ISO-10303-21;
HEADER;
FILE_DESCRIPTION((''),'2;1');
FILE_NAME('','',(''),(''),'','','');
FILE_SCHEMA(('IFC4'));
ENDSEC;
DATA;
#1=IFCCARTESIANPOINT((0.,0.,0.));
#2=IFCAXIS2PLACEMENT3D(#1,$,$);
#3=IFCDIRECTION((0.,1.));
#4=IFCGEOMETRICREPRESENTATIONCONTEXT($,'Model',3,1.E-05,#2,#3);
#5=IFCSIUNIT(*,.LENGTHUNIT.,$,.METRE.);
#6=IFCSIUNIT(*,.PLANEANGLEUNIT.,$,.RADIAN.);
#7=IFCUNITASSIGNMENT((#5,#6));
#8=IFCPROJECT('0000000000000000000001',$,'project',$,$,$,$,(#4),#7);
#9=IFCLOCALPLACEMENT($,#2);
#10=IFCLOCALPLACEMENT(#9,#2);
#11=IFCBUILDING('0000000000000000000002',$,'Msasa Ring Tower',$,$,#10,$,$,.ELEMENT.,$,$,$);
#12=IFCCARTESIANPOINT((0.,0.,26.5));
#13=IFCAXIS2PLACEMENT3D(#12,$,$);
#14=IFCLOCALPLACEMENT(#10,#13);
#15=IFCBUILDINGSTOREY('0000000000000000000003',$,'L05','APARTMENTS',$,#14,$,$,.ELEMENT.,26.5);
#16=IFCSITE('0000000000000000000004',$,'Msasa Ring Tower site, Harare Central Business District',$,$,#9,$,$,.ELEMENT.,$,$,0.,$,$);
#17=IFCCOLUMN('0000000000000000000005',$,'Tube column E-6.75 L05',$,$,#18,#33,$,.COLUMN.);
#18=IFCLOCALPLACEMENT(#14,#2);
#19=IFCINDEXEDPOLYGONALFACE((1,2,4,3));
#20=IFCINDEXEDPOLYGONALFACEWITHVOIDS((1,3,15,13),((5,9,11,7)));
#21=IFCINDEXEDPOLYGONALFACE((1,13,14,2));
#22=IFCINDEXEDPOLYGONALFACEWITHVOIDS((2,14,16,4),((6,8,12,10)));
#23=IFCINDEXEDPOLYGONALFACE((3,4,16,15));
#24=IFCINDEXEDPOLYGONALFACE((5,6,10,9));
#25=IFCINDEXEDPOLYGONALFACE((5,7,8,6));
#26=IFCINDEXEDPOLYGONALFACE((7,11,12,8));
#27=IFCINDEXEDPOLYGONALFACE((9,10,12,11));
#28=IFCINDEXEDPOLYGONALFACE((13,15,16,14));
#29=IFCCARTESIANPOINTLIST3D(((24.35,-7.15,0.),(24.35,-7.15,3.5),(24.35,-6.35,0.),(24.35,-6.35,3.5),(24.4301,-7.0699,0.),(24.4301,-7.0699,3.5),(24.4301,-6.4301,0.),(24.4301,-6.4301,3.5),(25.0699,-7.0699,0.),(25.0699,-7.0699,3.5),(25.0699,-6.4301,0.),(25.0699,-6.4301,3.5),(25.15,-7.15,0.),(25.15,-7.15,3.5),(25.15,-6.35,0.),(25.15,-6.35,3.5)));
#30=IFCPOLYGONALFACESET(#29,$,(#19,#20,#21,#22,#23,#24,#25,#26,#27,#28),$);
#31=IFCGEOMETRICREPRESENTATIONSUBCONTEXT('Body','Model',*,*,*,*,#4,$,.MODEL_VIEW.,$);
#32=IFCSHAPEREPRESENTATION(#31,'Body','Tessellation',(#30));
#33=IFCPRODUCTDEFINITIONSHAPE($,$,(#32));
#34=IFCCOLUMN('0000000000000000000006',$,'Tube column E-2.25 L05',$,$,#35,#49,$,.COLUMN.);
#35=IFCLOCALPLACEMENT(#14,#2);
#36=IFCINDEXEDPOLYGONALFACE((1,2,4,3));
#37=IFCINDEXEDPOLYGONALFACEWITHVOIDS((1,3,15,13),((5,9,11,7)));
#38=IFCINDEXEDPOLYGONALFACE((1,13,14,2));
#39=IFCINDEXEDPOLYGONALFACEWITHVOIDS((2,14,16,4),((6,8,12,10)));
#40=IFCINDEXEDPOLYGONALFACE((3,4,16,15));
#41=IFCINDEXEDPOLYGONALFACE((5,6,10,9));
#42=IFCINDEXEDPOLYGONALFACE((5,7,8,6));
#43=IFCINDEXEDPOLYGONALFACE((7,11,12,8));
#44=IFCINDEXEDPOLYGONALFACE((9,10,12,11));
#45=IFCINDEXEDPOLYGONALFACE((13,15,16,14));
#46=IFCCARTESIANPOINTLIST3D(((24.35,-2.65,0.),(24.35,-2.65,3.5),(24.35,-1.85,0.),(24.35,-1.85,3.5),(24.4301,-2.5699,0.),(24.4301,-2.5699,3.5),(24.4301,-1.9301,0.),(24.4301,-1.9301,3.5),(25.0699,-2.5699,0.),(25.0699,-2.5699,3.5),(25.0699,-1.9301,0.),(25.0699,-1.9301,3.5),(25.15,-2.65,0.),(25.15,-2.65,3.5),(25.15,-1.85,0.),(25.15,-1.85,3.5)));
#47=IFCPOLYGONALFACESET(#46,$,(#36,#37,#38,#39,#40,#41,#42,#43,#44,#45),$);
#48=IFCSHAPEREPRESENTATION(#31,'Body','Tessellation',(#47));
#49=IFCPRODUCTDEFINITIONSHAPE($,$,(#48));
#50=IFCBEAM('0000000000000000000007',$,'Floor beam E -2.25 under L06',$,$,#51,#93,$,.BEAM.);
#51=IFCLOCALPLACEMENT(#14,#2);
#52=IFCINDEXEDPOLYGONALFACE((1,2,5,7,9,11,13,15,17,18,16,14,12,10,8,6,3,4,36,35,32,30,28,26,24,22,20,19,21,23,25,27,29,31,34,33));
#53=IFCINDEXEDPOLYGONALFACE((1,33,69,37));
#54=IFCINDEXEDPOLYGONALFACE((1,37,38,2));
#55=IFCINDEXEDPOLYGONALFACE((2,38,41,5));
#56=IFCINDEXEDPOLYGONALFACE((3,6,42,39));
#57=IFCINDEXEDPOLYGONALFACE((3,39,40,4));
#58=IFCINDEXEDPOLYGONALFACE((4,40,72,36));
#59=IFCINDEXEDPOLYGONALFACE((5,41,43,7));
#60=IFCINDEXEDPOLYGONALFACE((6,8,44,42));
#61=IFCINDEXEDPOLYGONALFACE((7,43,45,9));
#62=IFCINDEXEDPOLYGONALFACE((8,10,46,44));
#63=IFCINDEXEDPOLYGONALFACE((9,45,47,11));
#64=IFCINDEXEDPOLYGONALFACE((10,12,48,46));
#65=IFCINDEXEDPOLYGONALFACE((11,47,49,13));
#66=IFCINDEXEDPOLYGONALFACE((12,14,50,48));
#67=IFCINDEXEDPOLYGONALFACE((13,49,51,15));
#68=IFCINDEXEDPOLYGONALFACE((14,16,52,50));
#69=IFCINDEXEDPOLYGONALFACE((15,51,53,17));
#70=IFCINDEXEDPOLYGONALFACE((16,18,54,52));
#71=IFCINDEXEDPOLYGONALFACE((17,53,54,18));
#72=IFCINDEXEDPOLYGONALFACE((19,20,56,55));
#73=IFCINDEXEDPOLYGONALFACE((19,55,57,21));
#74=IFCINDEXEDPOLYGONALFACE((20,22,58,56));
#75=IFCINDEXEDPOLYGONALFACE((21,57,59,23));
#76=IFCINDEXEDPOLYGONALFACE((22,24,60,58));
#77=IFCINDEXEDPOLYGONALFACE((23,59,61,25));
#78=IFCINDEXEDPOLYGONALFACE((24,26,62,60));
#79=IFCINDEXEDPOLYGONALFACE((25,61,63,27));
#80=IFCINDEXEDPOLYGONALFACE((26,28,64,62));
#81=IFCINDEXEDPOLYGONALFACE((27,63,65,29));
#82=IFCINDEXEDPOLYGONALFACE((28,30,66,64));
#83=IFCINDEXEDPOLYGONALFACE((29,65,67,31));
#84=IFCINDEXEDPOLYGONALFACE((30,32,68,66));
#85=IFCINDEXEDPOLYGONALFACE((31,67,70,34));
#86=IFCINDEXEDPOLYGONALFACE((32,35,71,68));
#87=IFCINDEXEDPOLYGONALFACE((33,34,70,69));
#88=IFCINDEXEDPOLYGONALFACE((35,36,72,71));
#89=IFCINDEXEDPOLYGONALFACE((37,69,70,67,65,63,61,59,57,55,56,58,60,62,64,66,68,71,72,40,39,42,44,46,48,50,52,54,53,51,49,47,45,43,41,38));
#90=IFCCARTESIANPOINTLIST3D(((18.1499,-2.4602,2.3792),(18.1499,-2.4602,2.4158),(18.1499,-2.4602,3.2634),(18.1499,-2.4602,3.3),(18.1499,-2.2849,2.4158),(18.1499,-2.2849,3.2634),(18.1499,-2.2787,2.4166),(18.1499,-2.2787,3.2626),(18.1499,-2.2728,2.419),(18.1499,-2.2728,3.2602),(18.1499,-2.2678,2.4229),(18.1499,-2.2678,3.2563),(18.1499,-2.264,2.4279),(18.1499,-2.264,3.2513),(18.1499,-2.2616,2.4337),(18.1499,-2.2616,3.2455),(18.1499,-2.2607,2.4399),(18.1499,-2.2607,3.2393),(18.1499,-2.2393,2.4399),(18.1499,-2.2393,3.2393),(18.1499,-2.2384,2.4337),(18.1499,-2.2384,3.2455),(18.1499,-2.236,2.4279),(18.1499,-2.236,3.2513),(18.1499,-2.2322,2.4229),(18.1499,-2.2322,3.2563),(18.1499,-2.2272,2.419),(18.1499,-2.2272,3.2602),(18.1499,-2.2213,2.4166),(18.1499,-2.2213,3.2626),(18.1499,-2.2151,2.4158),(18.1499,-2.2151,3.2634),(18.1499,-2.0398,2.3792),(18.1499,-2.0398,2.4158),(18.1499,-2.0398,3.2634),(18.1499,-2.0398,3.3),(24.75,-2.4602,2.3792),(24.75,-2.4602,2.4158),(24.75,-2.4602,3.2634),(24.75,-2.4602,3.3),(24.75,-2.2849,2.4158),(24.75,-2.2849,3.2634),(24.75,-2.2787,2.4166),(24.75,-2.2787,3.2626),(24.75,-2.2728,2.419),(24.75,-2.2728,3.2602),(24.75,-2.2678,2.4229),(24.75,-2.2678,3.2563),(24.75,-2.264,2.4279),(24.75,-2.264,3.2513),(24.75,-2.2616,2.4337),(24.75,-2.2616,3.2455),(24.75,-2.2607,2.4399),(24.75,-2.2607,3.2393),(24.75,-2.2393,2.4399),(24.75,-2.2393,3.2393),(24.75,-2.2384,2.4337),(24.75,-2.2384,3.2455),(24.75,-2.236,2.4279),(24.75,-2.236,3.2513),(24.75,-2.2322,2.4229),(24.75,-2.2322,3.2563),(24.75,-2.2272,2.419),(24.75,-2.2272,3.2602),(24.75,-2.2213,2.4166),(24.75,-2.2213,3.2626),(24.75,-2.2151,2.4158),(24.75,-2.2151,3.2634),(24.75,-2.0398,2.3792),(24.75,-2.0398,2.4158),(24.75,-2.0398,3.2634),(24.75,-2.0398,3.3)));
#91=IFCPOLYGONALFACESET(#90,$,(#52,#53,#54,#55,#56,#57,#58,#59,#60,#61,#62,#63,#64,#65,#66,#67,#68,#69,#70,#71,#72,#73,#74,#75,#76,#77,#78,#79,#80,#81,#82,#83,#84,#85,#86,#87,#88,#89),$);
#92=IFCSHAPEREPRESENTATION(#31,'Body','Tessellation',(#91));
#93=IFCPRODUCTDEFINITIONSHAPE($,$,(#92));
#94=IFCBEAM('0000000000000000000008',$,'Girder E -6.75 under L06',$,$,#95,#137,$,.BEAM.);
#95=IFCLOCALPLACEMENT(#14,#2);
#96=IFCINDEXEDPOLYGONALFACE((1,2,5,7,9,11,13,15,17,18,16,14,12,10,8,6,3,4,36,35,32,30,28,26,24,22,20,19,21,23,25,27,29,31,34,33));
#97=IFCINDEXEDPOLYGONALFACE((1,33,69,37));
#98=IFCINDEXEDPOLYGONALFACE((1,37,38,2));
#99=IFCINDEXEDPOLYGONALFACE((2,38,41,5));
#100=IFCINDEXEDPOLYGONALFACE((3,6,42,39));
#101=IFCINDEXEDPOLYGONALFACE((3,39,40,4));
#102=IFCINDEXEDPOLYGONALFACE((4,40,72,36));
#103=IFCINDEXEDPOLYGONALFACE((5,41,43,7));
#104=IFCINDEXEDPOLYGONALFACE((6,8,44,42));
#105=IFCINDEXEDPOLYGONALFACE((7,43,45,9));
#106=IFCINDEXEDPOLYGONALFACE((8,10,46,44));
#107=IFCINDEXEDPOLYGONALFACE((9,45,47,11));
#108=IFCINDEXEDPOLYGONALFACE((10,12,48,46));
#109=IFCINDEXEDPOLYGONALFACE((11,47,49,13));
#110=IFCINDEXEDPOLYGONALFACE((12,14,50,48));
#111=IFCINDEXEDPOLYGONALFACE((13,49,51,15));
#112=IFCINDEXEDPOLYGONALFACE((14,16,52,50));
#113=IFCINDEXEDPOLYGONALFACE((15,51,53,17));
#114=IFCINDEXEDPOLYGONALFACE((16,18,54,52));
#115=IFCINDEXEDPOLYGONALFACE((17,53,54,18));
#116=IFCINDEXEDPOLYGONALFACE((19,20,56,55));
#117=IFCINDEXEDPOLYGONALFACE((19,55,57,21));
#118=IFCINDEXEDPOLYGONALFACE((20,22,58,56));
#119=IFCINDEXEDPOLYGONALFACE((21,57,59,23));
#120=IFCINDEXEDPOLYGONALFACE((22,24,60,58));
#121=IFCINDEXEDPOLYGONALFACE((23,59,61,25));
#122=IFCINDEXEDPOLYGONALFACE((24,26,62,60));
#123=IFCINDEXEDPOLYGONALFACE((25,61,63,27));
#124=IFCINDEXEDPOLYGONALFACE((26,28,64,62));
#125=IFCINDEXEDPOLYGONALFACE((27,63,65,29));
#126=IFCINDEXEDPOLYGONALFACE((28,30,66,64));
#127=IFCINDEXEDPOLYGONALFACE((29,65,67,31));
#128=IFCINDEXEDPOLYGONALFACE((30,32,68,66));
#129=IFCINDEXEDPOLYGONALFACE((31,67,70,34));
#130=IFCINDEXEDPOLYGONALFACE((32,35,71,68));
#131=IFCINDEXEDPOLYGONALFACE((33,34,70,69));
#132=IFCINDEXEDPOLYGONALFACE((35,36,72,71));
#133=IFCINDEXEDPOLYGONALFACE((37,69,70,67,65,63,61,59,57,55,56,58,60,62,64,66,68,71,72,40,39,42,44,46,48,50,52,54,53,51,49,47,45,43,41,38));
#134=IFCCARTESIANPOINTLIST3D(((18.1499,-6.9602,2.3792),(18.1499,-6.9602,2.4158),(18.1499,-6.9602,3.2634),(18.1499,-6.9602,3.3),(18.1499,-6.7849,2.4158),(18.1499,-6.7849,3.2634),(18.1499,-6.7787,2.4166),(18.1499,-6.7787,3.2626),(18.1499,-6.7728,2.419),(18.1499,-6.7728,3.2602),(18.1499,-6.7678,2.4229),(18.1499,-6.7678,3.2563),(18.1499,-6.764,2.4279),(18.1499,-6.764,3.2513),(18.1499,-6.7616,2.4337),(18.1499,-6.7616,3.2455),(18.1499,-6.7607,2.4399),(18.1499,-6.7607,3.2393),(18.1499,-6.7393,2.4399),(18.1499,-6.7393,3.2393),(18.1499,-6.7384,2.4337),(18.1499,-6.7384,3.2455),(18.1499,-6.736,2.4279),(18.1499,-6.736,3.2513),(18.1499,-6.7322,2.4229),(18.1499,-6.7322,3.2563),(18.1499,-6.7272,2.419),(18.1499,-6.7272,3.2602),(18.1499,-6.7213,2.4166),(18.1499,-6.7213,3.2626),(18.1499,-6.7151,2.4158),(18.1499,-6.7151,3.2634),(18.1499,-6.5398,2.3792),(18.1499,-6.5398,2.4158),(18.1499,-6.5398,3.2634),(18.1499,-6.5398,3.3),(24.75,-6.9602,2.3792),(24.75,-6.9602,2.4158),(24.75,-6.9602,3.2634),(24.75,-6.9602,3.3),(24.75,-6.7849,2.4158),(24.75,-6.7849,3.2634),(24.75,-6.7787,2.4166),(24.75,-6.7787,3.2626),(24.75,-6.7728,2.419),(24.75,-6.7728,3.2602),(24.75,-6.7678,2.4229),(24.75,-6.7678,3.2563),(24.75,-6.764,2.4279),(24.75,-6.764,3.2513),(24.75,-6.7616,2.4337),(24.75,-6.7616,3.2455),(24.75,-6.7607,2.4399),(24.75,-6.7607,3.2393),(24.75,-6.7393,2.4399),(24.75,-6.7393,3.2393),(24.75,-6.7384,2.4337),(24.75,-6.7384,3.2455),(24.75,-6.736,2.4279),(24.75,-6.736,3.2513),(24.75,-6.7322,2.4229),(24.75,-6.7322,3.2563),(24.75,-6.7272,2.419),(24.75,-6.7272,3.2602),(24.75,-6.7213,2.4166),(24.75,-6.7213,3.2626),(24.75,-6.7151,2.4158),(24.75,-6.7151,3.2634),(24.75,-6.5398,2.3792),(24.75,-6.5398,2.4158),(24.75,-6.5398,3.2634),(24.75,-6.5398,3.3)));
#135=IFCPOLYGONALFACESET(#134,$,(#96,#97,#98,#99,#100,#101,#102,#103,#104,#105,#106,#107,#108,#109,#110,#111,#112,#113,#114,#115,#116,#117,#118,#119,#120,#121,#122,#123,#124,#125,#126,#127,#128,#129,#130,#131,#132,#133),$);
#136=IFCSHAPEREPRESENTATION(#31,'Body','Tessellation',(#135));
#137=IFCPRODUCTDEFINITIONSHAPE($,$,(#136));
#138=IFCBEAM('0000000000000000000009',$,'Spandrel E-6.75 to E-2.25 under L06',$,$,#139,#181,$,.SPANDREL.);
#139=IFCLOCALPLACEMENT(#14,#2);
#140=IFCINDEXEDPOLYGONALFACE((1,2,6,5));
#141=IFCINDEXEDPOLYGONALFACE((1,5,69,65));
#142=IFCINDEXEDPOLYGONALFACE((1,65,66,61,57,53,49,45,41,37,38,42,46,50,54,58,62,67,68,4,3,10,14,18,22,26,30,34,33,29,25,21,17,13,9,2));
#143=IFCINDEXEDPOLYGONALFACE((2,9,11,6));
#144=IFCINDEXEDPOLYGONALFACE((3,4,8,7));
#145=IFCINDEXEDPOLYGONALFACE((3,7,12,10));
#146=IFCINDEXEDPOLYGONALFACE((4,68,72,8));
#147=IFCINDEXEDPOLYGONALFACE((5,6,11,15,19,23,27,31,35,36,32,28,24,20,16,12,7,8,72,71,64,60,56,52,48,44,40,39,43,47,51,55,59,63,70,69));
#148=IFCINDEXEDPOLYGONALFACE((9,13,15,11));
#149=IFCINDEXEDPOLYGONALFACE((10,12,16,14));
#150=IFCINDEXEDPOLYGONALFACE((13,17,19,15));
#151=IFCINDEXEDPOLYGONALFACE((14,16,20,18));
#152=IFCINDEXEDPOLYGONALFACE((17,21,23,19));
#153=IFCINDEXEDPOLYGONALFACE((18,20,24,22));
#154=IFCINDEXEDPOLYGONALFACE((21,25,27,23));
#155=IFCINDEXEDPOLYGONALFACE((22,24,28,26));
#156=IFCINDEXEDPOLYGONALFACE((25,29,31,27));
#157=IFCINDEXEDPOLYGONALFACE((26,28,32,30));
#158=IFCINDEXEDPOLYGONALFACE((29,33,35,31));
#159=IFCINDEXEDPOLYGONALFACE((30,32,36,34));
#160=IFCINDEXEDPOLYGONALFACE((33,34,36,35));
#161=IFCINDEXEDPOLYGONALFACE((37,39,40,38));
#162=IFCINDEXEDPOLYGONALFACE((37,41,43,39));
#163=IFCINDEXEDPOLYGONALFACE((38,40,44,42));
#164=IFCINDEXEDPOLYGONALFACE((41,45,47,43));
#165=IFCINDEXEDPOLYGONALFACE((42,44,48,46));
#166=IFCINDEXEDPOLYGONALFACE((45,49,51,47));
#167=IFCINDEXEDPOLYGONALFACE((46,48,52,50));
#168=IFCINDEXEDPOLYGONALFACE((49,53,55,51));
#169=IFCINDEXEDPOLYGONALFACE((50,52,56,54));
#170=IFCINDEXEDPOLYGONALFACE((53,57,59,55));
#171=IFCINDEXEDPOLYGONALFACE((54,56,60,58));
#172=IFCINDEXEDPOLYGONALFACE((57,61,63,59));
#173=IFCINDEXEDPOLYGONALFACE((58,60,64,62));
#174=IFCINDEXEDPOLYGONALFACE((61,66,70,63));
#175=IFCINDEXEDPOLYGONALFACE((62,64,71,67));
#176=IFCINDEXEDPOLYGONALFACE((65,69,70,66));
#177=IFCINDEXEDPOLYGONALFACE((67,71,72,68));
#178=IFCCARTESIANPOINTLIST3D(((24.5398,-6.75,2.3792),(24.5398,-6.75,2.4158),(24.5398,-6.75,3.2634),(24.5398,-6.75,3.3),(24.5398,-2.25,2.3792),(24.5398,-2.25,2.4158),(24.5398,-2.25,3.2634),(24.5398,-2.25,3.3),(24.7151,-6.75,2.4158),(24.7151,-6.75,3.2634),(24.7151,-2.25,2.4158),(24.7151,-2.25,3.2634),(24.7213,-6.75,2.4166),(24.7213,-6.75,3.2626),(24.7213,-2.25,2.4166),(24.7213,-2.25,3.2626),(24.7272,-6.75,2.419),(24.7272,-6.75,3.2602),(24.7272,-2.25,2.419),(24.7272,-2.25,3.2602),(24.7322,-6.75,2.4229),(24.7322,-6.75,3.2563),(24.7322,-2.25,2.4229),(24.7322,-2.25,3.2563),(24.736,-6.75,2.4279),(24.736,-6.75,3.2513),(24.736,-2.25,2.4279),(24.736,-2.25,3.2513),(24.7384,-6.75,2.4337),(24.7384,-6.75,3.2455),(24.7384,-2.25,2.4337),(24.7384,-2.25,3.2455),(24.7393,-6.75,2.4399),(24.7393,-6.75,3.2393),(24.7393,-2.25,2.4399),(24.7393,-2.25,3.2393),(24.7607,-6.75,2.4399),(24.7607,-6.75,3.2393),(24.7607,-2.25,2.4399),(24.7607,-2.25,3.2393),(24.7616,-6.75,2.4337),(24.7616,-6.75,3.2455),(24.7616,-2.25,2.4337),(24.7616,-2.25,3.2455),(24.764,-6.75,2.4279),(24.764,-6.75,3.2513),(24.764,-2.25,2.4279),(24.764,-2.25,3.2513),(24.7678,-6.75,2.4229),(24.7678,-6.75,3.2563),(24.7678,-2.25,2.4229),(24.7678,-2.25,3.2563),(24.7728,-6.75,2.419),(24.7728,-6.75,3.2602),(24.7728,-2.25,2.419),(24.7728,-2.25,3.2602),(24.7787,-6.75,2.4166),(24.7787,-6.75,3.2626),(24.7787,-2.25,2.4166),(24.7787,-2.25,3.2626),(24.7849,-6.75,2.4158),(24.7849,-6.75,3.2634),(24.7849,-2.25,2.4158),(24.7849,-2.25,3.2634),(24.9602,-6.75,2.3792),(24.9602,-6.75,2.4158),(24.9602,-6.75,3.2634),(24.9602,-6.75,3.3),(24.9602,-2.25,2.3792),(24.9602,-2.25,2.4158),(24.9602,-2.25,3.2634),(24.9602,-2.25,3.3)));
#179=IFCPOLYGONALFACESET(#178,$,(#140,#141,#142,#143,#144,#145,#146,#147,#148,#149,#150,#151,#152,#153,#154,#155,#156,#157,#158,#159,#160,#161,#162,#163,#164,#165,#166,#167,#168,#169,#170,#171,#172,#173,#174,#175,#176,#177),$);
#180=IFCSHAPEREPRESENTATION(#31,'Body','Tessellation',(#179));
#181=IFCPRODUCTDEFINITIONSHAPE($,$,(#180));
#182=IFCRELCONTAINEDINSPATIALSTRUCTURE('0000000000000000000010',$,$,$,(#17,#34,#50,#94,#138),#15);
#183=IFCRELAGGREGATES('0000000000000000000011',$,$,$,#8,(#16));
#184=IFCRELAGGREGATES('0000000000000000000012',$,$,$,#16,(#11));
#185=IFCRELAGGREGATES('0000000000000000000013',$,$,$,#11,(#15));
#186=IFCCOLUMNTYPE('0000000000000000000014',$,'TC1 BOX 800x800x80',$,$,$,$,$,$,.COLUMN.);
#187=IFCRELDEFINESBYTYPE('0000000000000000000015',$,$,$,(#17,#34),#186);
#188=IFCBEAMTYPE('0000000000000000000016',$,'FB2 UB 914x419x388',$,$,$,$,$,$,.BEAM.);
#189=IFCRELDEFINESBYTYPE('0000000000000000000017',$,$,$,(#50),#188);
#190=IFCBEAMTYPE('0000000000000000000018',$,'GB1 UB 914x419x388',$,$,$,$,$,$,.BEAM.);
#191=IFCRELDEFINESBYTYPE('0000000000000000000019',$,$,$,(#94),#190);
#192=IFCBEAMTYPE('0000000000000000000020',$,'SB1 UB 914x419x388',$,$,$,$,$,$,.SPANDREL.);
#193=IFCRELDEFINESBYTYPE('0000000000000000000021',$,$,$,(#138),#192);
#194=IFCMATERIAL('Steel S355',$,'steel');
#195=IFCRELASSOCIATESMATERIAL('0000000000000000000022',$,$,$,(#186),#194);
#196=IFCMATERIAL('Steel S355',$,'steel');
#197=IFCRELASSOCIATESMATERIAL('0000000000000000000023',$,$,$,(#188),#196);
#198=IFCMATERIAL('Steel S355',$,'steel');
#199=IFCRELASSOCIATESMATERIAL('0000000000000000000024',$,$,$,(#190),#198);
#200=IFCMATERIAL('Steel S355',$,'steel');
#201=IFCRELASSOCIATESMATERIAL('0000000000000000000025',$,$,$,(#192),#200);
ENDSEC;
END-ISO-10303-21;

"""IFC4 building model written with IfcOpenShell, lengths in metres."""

from ifc_helpers import new_model, si_unit, direction, frame, origin, origin_2d, place, context, subcontext, project, spatial, hollow_rectangle, i_section, extrude, material, material_profile, profile_set, type_object, element, save


model = new_model("IFC4")

# Units and contexts
model_context = context("Model", 3, precision=1e-05, world=origin(), true_north=direction((0.0, 1.0)))
body_context = subcontext(model_context, "Body", "Model", "MODEL_VIEW")
ifc_project = project(units=[si_unit("LENGTHUNIT", "METRE"), si_unit("PLANEANGLEUNIT", "RADIAN")], contexts=[model_context])

# Site, building, storey
site_placement = place(None, origin())
site = spatial("IfcSite", under=ifc_project, at=site_placement, Name="Msasa Ring Tower site, Harare Central Business District", CompositionType="ELEMENT", RefElevation=0.0)
building_placement = place(site_placement, origin())
building = spatial("IfcBuilding", under=site, at=building_placement, Name="Msasa Ring Tower", CompositionType="ELEMENT")
storey_placement = place(building_placement, frame((0.0, 0.0, 26.5)))
storey = spatial("IfcBuildingStorey", under=building, at=storey_placement, Name="L05", Description="APARTMENTS", CompositionType="ELEMENT", Elevation=26.5)

# Columns
ifc_material_1 = material(Name="Steel S355", Category="steel")
ifc_material_profile_1 = material_profile(ifc_material_1, hollow_rectangle(XDim=0.8, YDim=0.8, WallThickness=0.0801, at=origin_2d()), Name="BOX 800x800x80")
ifc_profile_set_1 = profile_set([ifc_material_profile_1], Name="Steel S355")
column_type = type_object("IfcColumnType", Name="TC1 BOX 800x800x80", PredefinedType="COLUMN", material=ifc_profile_set_1)
for number, where, z_axis, x_axis, name in (
    (1, (24.75, -6.75, 0.0), (0.0, 0.0, 1.0), (1.0, 0.0, 0.0), "Tube column E-6.75 L05"),
    (2, (24.75, -2.25, 0.0), (0.0, 0.0, 1.0), (1.0, 0.0, 0.0), "Tube column E-2.25 L05"),
):
    element("IfcColumn", number, at=place(storey_placement, frame(where, z_axis=z_axis, x_axis=x_axis)), inside=storey, type_object=column_type, Name=name, PredefinedType="COLUMN", context=body_context, shape_type="SweptSolid", body=[
        extrude(hollow_rectangle(XDim=0.8, YDim=0.8, WallThickness=0.0801, at=origin_2d()), origin(), (0.0, 0.0, 1.0), 3.5),
    ])

# Beams
ifc_material_2 = material(Name="Steel S355", Category="steel")
ifc_material_profile_2 = material_profile(ifc_material_2, i_section(OverallWidth=0.4204, OverallDepth=0.9209, WebThickness=0.0215, FlangeThickness=0.0366, FilletRadius=0.0242, at=origin_2d()), Name="UB 914x419x388")
ifc_profile_set_2 = profile_set([ifc_material_profile_2], Name="Steel S355")
beam_type_1 = type_object("IfcBeamType", Name="FB2 UB 914x419x388", PredefinedType="BEAM", material=ifc_profile_set_2)
beam_1_placement = place(storey_placement, frame((24.75, -2.25, 2.8396), z_axis=(-1.0, 0.0, 0.0), x_axis=(0.0, -1.0, 0.0)))
element("IfcBeam", 3, at=beam_1_placement, inside=storey, type_object=beam_type_1, Name="Floor beam E -2.25 under L06", PredefinedType="BEAM", context=body_context, shape_type="SweptSolid", body=[
    extrude(i_section(OverallWidth=0.4204, OverallDepth=0.9209, WebThickness=0.0215, FlangeThickness=0.0366, FilletRadius=0.0242, at=origin_2d()), origin(), (0.0, 0.0, 1.0), 6.6001),
])
ifc_material_3 = material(Name="Steel S355", Category="steel")
ifc_material_profile_3 = material_profile(ifc_material_3, i_section(OverallWidth=0.4204, OverallDepth=0.9209, WebThickness=0.0215, FlangeThickness=0.0366, FilletRadius=0.0242, at=origin_2d()), Name="UB 914x419x388")
ifc_profile_set_3 = profile_set([ifc_material_profile_3], Name="Steel S355")
beam_type_2 = type_object("IfcBeamType", Name="GB1 UB 914x419x388", PredefinedType="BEAM", material=ifc_profile_set_3)
beam_2_placement = place(storey_placement, frame((18.1499, -6.75, 2.8396), z_axis=(1.0, 0.0, 0.0), x_axis=(0.0, 1.0, 0.0)))
element("IfcBeam", 4, at=beam_2_placement, inside=storey, type_object=beam_type_2, Name="Girder E -6.75 under L06", PredefinedType="BEAM", context=body_context, shape_type="SweptSolid", body=[
    extrude(i_section(OverallWidth=0.4204, OverallDepth=0.9209, WebThickness=0.0215, FlangeThickness=0.0366, FilletRadius=0.0242, at=origin_2d()), origin(), (0.0, 0.0, 1.0), 6.6001),
])
ifc_material_4 = material(Name="Steel S355", Category="steel")
ifc_material_profile_4 = material_profile(ifc_material_4, i_section(OverallWidth=0.4204, OverallDepth=0.9209, WebThickness=0.0215, FlangeThickness=0.0366, FilletRadius=0.0242, at=origin_2d()), Name="UB 914x419x388")
ifc_profile_set_4 = profile_set([ifc_material_profile_4], Name="Steel S355")
beam_type_3 = type_object("IfcBeamType", Name="SB1 UB 914x419x388", PredefinedType="SPANDREL", material=ifc_profile_set_4)
for number, where, z_axis, x_axis, name in (
    (5, (24.75, -6.75, 2.8396), (0.0, 1.0, 0.0), (-1.0, 0.0, 0.0), "Spandrel E-6.75 to E-2.25 under L06"),
):
    element("IfcBeam", number, at=place(storey_placement, frame(where, z_axis=z_axis, x_axis=x_axis)), inside=storey, type_object=beam_type_3, Name=name, PredefinedType="SPANDREL", context=body_context, shape_type="SweptSolid", body=[
        extrude(i_section(OverallWidth=0.4204, OverallDepth=0.9209, WebThickness=0.0215, FlangeThickness=0.0366, FilletRadius=0.0242, at=origin_2d()), origin(), (0.0, 0.0, 1.0), 4.5),
    ])

save(model, "model.ifc")
